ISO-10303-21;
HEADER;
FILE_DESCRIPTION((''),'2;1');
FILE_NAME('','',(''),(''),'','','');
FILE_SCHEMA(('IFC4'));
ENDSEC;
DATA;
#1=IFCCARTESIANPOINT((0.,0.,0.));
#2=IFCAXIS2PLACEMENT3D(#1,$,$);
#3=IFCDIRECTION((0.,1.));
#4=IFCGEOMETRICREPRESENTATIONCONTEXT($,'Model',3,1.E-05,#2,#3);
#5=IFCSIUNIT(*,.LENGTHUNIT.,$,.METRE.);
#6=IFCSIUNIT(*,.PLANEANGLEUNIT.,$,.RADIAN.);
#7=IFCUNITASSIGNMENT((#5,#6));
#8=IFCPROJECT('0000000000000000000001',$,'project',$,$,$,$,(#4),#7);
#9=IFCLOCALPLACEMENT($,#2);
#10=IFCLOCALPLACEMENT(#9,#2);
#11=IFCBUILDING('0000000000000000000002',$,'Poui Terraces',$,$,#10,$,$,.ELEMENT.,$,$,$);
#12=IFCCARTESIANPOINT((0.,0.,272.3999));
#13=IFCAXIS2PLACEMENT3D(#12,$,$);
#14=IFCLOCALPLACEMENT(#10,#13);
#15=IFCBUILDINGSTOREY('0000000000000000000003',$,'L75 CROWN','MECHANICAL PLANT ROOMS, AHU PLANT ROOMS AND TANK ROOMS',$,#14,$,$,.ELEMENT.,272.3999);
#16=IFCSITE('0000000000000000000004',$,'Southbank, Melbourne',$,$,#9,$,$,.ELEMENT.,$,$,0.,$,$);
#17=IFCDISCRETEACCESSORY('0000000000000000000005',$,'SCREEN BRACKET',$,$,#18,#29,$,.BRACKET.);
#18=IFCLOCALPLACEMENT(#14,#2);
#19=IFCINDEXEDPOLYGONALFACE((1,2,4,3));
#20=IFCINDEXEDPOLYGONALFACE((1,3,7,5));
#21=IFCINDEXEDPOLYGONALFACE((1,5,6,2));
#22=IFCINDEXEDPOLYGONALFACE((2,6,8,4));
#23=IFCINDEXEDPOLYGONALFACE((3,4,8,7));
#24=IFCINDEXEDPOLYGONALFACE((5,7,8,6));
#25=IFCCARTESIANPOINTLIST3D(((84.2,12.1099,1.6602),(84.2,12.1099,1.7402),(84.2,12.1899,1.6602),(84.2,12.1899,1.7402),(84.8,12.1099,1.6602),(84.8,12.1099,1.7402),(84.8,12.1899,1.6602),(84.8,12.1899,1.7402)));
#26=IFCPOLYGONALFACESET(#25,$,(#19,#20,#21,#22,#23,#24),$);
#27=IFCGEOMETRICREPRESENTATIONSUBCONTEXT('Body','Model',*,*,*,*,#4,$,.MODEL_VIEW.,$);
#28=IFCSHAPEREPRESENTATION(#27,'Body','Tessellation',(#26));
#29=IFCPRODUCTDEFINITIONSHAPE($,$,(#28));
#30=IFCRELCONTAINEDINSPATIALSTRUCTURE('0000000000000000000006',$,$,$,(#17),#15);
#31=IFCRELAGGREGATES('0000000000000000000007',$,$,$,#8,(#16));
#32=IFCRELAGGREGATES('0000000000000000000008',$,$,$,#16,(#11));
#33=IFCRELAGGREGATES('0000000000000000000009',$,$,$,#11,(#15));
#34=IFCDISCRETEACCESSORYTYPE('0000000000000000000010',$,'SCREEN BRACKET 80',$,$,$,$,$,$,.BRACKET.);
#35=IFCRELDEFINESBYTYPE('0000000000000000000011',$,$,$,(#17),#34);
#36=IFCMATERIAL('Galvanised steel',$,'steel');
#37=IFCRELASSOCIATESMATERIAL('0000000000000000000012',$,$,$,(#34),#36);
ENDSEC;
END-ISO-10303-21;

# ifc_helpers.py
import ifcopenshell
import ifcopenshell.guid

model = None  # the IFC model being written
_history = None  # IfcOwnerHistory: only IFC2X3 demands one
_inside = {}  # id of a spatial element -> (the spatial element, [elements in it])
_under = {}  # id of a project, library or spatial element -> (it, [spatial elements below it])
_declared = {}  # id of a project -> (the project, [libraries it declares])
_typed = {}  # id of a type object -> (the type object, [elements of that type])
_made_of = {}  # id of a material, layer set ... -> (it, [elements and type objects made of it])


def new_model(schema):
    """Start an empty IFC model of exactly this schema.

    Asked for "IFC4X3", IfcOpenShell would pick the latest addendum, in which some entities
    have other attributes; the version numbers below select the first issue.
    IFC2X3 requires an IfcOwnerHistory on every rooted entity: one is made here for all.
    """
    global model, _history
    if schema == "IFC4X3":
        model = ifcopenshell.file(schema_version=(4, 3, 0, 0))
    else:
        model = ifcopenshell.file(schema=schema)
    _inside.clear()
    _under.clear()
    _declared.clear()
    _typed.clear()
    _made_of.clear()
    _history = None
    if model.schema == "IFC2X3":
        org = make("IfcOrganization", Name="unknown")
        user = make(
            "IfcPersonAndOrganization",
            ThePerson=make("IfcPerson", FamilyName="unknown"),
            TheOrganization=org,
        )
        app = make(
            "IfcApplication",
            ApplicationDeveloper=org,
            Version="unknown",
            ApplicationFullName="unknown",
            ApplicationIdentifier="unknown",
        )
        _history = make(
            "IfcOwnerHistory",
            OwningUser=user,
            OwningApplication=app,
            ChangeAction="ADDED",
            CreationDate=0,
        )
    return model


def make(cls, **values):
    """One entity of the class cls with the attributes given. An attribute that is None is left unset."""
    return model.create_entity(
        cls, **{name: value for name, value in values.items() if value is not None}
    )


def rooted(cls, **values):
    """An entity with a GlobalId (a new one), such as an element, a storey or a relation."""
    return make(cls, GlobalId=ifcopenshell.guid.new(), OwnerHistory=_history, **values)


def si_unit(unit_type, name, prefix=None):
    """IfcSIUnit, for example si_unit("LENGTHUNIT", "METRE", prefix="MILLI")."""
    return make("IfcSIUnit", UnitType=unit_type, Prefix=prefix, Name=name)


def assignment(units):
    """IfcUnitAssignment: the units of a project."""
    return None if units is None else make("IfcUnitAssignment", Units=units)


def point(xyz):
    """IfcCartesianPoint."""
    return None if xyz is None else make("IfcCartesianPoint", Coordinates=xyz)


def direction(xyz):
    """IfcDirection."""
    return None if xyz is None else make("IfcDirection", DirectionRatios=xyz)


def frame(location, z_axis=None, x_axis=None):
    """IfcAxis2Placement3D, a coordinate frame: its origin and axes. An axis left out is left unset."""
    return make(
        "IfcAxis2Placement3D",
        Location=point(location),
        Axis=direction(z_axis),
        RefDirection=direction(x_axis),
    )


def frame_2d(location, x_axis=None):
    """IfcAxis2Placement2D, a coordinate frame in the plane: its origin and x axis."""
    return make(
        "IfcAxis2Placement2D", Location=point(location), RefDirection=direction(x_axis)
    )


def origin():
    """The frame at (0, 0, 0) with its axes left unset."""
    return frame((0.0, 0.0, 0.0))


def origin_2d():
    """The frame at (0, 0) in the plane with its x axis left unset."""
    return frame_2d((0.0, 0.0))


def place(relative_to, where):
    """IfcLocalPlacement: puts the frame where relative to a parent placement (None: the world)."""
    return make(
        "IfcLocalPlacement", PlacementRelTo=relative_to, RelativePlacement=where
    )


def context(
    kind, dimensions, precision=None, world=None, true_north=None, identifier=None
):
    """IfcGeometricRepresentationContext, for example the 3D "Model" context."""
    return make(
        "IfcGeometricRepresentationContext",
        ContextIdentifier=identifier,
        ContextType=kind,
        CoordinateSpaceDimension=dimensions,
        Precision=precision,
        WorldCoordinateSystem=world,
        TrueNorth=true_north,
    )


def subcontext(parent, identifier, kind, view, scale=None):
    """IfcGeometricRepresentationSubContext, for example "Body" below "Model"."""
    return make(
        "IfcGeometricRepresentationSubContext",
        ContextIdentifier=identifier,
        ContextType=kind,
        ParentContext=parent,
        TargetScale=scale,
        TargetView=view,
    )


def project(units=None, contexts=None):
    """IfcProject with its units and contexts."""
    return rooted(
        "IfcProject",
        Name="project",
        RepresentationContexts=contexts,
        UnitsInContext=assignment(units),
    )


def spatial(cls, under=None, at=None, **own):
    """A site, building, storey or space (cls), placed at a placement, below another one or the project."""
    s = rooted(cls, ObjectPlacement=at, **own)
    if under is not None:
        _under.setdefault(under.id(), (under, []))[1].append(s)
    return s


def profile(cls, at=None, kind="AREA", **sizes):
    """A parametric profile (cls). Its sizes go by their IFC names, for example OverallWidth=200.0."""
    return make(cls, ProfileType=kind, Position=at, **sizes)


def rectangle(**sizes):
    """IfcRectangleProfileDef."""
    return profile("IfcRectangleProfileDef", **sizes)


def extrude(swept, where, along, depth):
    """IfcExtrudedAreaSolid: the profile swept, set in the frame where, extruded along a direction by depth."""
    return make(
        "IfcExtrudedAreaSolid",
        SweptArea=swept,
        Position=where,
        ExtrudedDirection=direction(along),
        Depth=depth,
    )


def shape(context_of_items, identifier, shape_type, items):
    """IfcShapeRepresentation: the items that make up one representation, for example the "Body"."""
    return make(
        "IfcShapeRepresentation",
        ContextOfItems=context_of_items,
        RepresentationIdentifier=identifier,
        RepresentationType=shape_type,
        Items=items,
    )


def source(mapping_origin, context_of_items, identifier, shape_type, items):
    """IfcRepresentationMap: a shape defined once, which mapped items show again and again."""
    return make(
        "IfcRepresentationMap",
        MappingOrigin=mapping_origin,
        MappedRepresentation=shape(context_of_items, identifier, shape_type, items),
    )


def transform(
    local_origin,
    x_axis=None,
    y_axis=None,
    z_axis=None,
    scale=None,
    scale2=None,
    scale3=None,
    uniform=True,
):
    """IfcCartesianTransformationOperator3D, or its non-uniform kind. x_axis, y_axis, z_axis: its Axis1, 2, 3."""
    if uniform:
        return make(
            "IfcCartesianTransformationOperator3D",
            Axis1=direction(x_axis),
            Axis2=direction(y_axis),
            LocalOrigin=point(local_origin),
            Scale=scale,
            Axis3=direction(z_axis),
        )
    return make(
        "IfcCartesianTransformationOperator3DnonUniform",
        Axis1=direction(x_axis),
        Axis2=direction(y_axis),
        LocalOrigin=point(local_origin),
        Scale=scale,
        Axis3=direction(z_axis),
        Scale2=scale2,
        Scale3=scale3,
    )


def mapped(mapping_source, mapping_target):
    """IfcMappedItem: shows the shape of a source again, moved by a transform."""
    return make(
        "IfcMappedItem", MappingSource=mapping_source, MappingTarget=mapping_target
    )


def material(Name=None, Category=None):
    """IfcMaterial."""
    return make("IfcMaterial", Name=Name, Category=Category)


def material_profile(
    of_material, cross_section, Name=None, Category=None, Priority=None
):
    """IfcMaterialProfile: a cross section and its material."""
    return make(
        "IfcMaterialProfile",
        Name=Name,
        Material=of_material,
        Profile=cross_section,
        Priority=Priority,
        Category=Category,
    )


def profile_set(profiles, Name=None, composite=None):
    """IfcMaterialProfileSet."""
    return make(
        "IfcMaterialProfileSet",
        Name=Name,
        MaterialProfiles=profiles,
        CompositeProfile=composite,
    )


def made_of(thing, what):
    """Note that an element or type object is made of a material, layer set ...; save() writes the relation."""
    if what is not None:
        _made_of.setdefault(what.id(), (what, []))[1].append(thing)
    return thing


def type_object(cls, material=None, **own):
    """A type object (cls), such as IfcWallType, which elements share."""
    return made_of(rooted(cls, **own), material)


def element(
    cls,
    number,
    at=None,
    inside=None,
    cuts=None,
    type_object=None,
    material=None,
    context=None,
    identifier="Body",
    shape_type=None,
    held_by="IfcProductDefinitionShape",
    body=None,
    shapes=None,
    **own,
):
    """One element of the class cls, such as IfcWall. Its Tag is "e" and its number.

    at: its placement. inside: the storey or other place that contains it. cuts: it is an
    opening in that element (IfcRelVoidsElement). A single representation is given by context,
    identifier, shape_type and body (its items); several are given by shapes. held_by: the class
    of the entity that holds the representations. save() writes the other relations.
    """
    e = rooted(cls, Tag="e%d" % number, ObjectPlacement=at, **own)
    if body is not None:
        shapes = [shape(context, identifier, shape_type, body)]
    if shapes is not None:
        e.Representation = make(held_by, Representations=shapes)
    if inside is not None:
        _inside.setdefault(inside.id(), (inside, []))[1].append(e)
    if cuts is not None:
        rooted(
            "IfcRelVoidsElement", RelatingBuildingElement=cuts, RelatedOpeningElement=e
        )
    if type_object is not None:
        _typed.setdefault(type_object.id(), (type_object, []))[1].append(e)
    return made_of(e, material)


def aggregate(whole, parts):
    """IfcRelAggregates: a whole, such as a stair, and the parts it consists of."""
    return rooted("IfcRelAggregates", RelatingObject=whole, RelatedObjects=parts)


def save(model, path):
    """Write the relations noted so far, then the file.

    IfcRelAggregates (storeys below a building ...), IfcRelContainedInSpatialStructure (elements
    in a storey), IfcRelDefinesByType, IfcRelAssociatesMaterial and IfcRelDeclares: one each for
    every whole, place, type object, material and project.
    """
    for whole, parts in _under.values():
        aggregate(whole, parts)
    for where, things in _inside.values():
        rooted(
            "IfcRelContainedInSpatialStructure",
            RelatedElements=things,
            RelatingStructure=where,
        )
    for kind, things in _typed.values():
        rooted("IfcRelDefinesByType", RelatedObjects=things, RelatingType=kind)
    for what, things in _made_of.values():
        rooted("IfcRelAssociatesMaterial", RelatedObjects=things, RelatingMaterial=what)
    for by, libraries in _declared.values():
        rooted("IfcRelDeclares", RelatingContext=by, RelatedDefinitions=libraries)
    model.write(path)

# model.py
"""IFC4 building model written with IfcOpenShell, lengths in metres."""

from ifc_helpers import new_model, si_unit, direction, frame, origin, origin_2d, place, context, subcontext, project, spatial, rectangle, extrude, source, transform, mapped, material, material_profile, profile_set, type_object, element, save


model = new_model("IFC4")

# Units and contexts
model_context = context("Model", 3, precision=1e-05, world=origin(), true_north=direction((0.0, 1.0)))
body_context = subcontext(model_context, "Body", "Model", "MODEL_VIEW")
ifc_project = project(units=[si_unit("LENGTHUNIT", "METRE"), si_unit("PLANEANGLEUNIT", "RADIAN")], contexts=[model_context])

# Site, building, storey
site_placement = place(None, origin())
site = spatial("IfcSite", under=ifc_project, at=site_placement, Name="Southbank, Melbourne", CompositionType="ELEMENT", RefElevation=0.0)
building_placement = place(site_placement, origin())
building = spatial("IfcBuilding", under=site, at=building_placement, Name="Poui Terraces", CompositionType="ELEMENT")
storey_placement = place(building_placement, frame((0.0, 0.0, 272.3999)))
storey = spatial("IfcBuildingStorey", under=building, at=storey_placement, Name="L75 CROWN", Description="MECHANICAL PLANT ROOMS, AHU PLANT ROOMS AND TANK ROOMS", CompositionType="ELEMENT", Elevation=272.3999)

# Discrete accessory
ifc_material_1 = material(Name="Galvanised steel", Category="steel")
ifc_material_profile_1 = material_profile(ifc_material_1, rectangle(XDim=0.0801, YDim=0.0801, at=origin_2d()), Name="SCREEN BRACKET 80")
ifc_profile_set_1 = profile_set([ifc_material_profile_1], Name="Galvanised steel")
discrete_accessory_type = type_object("IfcDiscreteAccessoryType", Name="SCREEN BRACKET 80", PredefinedType="BRACKET", material=ifc_profile_set_1)
shared_shape_1 = source(origin(), body_context, "Body", "SweptSolid", [
    extrude(rectangle(XDim=0.0801, YDim=0.0801, at=origin_2d()), origin(), (0.0, 0.0, 1.0), 0.6001),
])
for number, where, z_axis, x_axis, name in (
    (1, (84.2, 12.1499, 1.7002), (1.0, 0.0, 0.0), (0.0, 1.0, 0.0), "SCREEN BRACKET"),
):
    element("IfcDiscreteAccessory", number, at=place(storey_placement, frame(where, z_axis=z_axis, x_axis=x_axis)), inside=storey, type_object=discrete_accessory_type, Name=name, PredefinedType="BRACKET", context=body_context, shape_type="MappedRepresentation", body=[
        mapped(shared_shape_1, transform((0.0, 0.0, 0.0))),
    ])

save(model, "model.ifc")
